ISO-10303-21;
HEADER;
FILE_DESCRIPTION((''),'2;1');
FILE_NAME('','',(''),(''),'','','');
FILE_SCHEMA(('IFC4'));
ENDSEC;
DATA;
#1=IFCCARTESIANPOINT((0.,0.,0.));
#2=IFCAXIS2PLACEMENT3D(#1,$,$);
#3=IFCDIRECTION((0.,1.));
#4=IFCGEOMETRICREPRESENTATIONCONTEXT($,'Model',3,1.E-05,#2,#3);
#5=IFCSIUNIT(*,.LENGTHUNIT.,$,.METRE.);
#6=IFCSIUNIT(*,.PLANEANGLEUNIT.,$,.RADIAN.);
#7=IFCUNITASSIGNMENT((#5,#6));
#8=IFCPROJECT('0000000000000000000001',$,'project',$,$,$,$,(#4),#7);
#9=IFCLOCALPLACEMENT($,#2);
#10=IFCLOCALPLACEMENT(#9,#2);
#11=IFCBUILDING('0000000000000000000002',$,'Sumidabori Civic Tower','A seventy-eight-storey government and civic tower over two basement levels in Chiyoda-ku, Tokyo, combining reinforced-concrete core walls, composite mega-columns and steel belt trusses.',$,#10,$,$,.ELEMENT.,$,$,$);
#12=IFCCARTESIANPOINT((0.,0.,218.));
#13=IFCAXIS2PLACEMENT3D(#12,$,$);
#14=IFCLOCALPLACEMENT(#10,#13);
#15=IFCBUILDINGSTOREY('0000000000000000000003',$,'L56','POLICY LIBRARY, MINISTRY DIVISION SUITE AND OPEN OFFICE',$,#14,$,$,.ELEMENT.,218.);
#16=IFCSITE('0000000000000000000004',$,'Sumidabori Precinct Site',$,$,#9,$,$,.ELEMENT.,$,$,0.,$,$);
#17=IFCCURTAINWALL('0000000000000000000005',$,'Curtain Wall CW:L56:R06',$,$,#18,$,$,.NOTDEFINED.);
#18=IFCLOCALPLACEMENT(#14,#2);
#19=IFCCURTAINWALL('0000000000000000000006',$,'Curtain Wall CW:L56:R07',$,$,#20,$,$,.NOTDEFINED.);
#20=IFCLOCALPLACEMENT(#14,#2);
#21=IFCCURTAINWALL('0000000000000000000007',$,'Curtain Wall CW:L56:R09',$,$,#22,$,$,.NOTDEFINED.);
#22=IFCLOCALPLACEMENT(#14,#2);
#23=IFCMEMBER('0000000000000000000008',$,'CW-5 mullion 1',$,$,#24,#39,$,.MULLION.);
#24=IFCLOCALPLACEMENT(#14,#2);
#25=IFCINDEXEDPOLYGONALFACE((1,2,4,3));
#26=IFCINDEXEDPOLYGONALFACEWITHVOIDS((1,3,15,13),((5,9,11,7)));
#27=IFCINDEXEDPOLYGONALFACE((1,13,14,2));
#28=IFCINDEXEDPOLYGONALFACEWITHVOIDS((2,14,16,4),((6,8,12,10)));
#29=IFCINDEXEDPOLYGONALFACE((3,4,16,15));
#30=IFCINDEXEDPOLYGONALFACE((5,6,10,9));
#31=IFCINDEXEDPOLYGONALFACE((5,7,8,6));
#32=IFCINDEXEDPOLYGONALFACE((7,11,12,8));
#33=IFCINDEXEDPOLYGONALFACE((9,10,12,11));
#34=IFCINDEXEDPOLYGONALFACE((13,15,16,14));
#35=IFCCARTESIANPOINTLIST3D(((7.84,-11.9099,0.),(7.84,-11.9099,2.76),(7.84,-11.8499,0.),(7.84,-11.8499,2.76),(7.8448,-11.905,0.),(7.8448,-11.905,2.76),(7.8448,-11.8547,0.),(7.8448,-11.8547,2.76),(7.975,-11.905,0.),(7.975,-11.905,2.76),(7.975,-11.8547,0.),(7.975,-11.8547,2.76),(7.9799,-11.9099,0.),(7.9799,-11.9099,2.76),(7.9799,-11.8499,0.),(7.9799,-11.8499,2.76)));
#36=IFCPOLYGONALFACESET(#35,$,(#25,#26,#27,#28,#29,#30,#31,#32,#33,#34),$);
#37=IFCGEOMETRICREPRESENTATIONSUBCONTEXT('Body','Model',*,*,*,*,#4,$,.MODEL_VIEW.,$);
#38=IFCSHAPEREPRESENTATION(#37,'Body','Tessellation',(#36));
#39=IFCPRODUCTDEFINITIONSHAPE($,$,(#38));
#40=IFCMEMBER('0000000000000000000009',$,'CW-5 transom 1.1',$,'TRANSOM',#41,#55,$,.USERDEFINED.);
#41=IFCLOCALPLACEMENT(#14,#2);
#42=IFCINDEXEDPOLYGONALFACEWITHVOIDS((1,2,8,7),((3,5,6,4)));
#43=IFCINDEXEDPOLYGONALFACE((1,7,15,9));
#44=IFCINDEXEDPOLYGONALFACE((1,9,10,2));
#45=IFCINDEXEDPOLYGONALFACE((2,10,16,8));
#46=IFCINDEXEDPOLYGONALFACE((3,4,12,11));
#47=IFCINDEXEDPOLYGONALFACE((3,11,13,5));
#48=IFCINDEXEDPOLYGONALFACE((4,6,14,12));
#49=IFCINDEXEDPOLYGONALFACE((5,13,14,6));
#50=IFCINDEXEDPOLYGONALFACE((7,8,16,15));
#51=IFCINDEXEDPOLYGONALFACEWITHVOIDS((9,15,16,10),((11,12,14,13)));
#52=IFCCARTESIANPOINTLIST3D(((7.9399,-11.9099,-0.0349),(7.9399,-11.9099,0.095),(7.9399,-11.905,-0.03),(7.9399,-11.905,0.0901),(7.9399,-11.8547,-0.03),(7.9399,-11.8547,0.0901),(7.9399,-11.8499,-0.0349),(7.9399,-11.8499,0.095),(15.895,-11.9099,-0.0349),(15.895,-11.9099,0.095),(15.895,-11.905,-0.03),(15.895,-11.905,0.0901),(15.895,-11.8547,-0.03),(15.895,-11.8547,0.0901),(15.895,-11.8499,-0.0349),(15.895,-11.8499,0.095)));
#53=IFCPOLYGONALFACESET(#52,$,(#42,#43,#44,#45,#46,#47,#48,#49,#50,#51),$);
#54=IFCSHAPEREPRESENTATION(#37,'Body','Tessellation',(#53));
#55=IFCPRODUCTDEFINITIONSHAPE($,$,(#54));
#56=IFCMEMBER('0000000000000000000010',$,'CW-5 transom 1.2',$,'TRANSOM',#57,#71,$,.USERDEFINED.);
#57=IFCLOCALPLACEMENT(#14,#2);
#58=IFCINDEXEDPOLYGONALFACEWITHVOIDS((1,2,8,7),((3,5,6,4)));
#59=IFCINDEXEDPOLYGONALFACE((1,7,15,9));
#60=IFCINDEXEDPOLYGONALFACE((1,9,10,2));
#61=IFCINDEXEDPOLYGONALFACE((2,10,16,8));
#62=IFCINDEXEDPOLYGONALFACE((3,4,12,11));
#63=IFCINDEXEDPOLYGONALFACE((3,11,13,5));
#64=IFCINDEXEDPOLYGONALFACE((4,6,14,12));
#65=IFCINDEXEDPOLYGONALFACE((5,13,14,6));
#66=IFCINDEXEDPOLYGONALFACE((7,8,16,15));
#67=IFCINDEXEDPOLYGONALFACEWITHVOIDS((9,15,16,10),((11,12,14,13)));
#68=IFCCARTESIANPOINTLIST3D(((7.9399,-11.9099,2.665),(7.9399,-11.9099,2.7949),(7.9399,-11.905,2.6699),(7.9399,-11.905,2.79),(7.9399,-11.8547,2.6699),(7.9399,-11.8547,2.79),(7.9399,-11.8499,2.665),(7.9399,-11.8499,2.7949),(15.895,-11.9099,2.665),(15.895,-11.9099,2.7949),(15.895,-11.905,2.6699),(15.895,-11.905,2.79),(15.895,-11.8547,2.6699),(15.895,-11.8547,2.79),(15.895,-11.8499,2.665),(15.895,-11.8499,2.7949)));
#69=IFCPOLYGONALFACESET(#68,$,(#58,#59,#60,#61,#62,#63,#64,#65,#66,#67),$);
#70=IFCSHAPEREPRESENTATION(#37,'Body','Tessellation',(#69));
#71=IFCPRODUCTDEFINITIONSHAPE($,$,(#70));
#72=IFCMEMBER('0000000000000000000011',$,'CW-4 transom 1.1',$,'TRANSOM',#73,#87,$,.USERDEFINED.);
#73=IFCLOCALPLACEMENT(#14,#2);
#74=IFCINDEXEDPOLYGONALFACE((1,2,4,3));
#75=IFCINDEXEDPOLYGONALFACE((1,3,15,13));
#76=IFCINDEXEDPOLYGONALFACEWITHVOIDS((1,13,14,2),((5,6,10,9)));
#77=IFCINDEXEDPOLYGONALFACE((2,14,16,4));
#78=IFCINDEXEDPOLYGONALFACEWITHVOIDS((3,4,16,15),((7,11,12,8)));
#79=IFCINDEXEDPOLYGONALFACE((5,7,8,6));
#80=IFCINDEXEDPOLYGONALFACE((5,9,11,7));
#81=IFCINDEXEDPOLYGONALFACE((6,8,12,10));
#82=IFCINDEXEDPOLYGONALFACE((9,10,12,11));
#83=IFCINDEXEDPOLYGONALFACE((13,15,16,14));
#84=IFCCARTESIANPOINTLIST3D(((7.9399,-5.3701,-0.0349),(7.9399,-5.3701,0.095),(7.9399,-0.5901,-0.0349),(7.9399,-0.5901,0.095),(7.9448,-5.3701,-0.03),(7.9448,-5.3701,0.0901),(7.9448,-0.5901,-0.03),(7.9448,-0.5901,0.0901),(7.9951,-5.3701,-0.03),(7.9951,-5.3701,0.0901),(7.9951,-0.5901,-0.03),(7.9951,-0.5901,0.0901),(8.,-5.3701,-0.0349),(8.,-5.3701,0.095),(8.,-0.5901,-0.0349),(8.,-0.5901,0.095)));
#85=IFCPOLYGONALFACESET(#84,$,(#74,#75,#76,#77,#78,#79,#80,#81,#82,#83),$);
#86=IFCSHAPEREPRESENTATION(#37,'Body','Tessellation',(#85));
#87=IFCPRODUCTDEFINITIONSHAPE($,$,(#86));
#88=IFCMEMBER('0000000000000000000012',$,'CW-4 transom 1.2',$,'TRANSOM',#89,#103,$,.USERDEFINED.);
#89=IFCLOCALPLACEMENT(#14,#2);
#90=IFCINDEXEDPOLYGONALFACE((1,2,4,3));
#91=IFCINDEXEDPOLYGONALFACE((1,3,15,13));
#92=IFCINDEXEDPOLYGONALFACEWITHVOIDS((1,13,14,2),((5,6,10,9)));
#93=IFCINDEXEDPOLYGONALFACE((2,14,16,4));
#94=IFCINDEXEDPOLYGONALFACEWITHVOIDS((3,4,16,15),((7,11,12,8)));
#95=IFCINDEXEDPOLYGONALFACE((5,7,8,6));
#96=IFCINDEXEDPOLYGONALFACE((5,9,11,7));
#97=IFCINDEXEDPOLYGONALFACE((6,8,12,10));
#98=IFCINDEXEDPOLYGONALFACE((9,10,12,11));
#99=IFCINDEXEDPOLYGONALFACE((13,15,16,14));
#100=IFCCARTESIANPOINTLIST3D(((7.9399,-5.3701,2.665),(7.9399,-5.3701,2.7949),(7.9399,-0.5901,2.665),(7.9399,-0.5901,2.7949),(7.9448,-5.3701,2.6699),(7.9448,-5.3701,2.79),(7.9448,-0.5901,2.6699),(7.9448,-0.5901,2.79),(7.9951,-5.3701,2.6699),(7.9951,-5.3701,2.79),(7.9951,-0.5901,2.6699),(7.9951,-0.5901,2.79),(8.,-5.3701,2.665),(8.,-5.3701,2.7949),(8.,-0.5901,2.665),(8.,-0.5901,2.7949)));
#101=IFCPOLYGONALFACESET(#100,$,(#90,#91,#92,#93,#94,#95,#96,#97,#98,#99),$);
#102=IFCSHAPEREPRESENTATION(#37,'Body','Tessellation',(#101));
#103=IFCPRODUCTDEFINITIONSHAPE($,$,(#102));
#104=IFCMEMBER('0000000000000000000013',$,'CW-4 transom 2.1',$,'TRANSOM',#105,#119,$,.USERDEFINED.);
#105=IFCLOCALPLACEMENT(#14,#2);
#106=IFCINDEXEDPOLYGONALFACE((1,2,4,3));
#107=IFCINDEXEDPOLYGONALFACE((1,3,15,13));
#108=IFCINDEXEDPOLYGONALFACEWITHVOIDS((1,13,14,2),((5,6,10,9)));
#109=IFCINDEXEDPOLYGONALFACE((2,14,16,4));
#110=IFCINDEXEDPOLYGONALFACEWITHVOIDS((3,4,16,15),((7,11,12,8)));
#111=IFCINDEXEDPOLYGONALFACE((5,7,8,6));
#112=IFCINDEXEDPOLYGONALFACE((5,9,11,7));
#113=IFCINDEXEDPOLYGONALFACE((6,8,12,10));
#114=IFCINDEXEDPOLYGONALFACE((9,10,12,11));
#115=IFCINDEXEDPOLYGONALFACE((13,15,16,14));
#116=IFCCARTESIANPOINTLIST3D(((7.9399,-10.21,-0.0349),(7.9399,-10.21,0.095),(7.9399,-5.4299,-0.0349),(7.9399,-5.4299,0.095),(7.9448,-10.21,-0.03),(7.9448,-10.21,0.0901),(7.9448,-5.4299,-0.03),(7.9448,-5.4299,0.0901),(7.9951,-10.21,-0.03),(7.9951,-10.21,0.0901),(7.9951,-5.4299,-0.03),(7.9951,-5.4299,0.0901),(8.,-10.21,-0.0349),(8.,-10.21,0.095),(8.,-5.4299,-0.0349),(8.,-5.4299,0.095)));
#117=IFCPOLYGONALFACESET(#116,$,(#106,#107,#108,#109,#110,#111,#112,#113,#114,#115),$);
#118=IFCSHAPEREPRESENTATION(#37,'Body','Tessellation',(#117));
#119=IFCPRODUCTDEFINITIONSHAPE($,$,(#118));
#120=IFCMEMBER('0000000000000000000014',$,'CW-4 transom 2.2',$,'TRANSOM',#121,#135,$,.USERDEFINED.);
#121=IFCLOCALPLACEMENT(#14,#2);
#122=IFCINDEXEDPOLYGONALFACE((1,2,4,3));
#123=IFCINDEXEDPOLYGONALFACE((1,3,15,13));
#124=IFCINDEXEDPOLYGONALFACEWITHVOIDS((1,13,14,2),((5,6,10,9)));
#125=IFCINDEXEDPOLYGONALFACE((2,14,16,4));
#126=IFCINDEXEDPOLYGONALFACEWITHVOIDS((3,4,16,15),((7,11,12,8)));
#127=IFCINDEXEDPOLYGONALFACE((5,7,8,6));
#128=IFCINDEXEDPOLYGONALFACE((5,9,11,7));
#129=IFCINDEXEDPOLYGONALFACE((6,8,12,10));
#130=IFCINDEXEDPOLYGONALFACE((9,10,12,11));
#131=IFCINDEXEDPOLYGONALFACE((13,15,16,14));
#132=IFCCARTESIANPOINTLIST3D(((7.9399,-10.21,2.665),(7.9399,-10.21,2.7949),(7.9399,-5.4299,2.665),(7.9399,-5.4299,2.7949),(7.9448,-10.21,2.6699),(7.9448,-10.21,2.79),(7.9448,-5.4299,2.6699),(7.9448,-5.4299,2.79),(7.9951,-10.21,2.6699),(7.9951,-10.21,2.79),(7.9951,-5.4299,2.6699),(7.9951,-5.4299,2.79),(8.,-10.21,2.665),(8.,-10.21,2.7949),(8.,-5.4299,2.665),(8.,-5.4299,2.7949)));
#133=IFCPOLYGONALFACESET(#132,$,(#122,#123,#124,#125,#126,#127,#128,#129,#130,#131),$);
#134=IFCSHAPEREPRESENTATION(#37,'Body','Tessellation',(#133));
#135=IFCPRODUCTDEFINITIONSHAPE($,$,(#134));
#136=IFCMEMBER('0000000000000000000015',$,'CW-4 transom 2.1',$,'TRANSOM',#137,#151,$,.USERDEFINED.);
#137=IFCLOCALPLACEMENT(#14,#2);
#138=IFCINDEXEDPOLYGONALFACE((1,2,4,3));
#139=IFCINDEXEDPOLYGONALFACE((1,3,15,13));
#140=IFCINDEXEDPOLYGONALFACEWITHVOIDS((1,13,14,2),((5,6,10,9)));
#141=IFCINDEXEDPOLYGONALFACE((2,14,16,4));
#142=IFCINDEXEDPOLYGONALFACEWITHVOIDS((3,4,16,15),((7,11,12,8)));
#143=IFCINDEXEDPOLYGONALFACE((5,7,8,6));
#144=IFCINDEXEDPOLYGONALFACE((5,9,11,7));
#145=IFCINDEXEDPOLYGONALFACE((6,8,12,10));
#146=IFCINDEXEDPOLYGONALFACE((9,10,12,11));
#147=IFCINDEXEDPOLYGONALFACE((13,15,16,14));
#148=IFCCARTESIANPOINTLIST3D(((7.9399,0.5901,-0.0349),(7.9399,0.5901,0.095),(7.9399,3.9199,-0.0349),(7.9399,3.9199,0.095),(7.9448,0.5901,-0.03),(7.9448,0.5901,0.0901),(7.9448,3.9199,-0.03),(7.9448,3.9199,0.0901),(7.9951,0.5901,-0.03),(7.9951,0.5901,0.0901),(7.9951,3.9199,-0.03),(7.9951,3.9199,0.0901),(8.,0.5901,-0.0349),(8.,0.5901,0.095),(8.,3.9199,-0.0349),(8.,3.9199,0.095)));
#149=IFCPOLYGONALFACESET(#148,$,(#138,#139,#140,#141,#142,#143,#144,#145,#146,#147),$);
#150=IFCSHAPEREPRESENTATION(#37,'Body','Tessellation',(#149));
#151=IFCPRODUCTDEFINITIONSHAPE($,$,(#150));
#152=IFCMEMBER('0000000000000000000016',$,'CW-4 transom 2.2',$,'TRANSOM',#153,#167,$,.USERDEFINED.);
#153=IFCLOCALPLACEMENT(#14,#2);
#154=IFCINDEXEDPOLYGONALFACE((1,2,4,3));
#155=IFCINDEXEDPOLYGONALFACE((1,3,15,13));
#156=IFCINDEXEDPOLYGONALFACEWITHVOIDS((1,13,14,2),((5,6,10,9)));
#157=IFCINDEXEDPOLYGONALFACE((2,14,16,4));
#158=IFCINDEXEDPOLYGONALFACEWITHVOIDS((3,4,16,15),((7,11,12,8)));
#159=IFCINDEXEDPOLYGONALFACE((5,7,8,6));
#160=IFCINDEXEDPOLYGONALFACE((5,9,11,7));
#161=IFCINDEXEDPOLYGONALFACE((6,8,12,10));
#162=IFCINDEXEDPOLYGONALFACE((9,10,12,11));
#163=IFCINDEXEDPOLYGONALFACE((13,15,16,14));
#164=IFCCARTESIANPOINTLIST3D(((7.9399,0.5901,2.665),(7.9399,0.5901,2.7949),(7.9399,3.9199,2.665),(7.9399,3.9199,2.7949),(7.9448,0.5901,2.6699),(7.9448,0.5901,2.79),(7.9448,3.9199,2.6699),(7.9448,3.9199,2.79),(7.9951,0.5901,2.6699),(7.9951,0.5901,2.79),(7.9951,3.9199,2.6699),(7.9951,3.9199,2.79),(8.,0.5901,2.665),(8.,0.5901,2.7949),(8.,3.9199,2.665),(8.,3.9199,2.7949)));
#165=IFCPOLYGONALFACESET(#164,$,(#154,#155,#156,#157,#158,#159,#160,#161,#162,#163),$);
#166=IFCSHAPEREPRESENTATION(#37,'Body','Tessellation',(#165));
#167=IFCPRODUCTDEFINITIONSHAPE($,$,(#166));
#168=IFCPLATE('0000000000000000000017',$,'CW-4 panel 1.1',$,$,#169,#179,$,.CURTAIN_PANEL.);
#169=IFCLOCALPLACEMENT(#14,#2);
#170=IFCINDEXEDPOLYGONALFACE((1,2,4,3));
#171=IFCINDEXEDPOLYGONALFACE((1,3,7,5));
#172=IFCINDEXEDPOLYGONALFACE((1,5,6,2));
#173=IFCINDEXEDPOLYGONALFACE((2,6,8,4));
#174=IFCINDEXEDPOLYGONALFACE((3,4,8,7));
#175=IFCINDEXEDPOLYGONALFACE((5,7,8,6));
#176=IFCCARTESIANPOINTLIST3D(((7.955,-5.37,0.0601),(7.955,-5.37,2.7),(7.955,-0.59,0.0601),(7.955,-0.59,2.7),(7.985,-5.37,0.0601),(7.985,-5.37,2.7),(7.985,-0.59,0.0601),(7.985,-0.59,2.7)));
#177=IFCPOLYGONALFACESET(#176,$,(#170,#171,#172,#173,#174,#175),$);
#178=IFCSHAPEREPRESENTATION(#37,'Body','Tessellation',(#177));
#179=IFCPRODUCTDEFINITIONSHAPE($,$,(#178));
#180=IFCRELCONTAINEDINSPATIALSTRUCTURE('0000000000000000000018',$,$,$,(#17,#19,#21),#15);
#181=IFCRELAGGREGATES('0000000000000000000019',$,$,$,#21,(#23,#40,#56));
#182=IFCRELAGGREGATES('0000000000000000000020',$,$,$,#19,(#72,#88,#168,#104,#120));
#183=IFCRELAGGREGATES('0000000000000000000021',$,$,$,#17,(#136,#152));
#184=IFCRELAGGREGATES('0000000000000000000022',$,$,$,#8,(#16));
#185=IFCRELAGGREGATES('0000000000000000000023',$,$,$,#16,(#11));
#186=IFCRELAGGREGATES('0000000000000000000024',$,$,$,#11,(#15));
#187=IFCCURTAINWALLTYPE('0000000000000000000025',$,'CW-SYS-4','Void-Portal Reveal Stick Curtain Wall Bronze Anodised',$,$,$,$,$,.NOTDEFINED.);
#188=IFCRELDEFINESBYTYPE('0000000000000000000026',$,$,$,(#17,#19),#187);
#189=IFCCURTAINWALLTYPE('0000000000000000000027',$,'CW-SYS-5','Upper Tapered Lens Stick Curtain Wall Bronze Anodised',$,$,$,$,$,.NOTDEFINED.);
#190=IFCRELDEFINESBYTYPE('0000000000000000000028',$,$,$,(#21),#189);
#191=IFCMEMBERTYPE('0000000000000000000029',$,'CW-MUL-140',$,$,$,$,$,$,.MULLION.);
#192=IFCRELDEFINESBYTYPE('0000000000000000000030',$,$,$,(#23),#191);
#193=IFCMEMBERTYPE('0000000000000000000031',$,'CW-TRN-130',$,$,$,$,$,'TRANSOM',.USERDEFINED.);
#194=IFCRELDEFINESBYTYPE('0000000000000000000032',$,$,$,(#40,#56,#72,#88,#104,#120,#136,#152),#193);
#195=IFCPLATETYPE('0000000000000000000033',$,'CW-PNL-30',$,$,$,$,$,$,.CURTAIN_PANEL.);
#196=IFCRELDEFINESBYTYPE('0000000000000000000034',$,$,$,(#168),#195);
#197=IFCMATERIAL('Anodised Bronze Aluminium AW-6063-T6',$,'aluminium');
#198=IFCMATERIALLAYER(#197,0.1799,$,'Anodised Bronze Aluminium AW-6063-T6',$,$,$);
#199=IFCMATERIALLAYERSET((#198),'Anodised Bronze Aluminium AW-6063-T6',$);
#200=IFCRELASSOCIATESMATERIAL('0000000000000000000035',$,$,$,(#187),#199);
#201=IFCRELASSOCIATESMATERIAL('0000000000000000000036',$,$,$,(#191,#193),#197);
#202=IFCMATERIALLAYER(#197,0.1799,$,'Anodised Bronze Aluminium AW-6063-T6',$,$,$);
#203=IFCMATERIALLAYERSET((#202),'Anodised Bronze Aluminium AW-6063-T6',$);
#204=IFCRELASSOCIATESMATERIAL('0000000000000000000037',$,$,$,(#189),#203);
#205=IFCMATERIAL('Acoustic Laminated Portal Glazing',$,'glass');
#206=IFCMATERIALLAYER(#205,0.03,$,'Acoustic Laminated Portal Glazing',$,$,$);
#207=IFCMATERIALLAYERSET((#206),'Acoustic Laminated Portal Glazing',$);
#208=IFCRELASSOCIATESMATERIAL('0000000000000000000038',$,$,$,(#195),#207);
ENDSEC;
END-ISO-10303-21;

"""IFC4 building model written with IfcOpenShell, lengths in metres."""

from ifc_helpers import new_model, si_unit, direction, frame, origin, origin_2d, place, context, subcontext, project, spatial, rectangle, hollow_rectangle, extrude, source, transform, mapped, material, layer, layer_set, material_profile, profile_set, type_object, element, aggregate, save


model = new_model("IFC4")

# Units and contexts
model_context = context("Model", 3, precision=1e-05, world=origin(), true_north=direction((0.0, 1.0)))
body_context = subcontext(model_context, "Body", "Model", "MODEL_VIEW")
ifc_project = project(units=[si_unit("LENGTHUNIT", "METRE"), si_unit("PLANEANGLEUNIT", "RADIAN")], contexts=[model_context])

# Site, building, storey
site_placement = place(None, origin())
site = spatial("IfcSite", under=ifc_project, at=site_placement, Name="Sumidabori Precinct Site", CompositionType="ELEMENT", RefElevation=0.0)
building_placement = place(site_placement, origin())
building = spatial("IfcBuilding", under=site, at=building_placement, Name="Sumidabori Civic Tower", Description="A seventy-eight-storey government and civic tower over two basement levels in Chiyoda-ku, Tokyo, combining reinforced-concrete core walls, composite mega-columns and steel belt trusses.", CompositionType="ELEMENT")
storey_placement = place(building_placement, frame((0.0, 0.0, 218.0)))
storey = spatial("IfcBuildingStorey", under=building, at=storey_placement, Name="L56", Description="POLICY LIBRARY, MINISTRY DIVISION SUITE AND OPEN OFFICE", CompositionType="ELEMENT", Elevation=218.0)

# Curtain walls, members
ifc_material_1 = material(Name="Anodised Bronze Aluminium AW-6063-T6", Category="aluminium")
ifc_layer_1 = layer(ifc_material_1, 0.1799, Name="Anodised Bronze Aluminium AW-6063-T6")
ifc_layer_set_1 = layer_set([ifc_layer_1], Name="Anodised Bronze Aluminium AW-6063-T6")
curtain_wall_type_1 = type_object("IfcCurtainWallType", Name="CW-SYS-4", Description="Void-Portal Reveal Stick Curtain Wall Bronze Anodised", PredefinedType="NOTDEFINED", material=ifc_layer_set_1)
curtain_wall_1_placement = place(storey_placement, origin())
curtain_wall_1 = element("IfcCurtainWall", 1, at=curtain_wall_1_placement, inside=storey, type_object=curtain_wall_type_1, Name="Curtain Wall CW:L56:R06", PredefinedType="NOTDEFINED")
ifc_material_profile_1 = material_profile(ifc_material_1, hollow_rectangle(XDim=0.0601, YDim=0.1399, WallThickness=0.0049, at=origin_2d()), Name="ALU MULLION 140x60")
ifc_profile_set_1 = profile_set([ifc_material_profile_1], Name="Anodised Bronze Aluminium AW-6063-T6")
member_type_1 = type_object("IfcMemberType", Name="CW-MUL-140", PredefinedType="MULLION", material=ifc_profile_set_1)
shared_shape_1 = source(origin(), body_context, "Body", "SweptSolid", [
    extrude(hollow_rectangle(XDim=0.0601, YDim=0.1399, WallThickness=0.0049, at=origin_2d()), origin(), (0.0, 0.0, 1.0), 2.76),
])
curtain_wall_2_placement = place(storey_placement, origin())
curtain_wall_2 = element("IfcCurtainWall", 2, at=curtain_wall_2_placement, inside=storey, type_object=curtain_wall_type_1, Name="Curtain Wall CW:L56:R07", PredefinedType="NOTDEFINED")
ifc_layer_2 = layer(ifc_material_1, 0.1799, Name="Anodised Bronze Aluminium AW-6063-T6")
ifc_layer_set_2 = layer_set([ifc_layer_2], Name="Anodised Bronze Aluminium AW-6063-T6")
curtain_wall_type_2 = type_object("IfcCurtainWallType", Name="CW-SYS-5", Description="Upper Tapered Lens Stick Curtain Wall Bronze Anodised", PredefinedType="NOTDEFINED", material=ifc_layer_set_2)
curtain_wall_3_placement = place(storey_placement, origin())
curtain_wall_3 = element("IfcCurtainWall", 3, at=curtain_wall_3_placement, inside=storey, type_object=curtain_wall_type_2, Name="Curtain Wall CW:L56:R09", PredefinedType="NOTDEFINED")
member_1_placement = place(storey_placement, frame((7.9099, -11.8799, 0.0), z_axis=(0.0, 0.0, 1.0), x_axis=(0.0, 1.0, 0.0)))
member_1 = element("IfcMember", 4, at=member_1_placement, type_object=member_type_1, Name="CW-5 mullion 1", PredefinedType="MULLION", context=body_context, shape_type="MappedRepresentation", body=[
    mapped(shared_shape_1, transform((0.0, 0.0, 0.0), x_axis=(1.0, 0.0, 0.0), y_axis=(0.0, 1.0, 0.0), z_axis=(0.0, 0.0, 1.0), scale=1.0)),
])
ifc_material_profile_2 = material_profile(ifc_material_1, hollow_rectangle(XDim=0.0601, YDim=0.1299, WallThickness=0.0049, at=origin_2d()), Name="ALU TRANSOM 130x60")
ifc_profile_set_2 = profile_set([ifc_material_profile_2], Name="Anodised Bronze Aluminium AW-6063-T6")
member_type_2 = type_object("IfcMemberType", Name="CW-TRN-130", ElementType="TRANSOM", PredefinedType="USERDEFINED", material=ifc_profile_set_2)
shared_shape_2 = source(origin(), body_context, "Body", "SweptSolid", [
    extrude(hollow_rectangle(XDim=0.0601, YDim=0.1299, WallThickness=0.0049, at=origin_2d()), origin(), (0.0, 0.0, 1.0), 7.9551),
])
member_2_placement = place(storey_placement, frame((7.9399, -11.8799, 0.03), z_axis=(1.0, 0.0, 0.0), x_axis=(0.0, 1.0, 0.0)))
member_2 = element("IfcMember", 5, at=member_2_placement, type_object=member_type_2, Name="CW-5 transom 1.1", ObjectType="TRANSOM", PredefinedType="USERDEFINED", context=body_context, shape_type="MappedRepresentation", body=[
    mapped(shared_shape_2, transform((0.0, 0.0, 0.0), x_axis=(1.0, 0.0, 0.0), y_axis=(0.0, 1.0, 0.0), z_axis=(0.0, 0.0, 1.0), scale=1.0)),
])
member_3_placement = place(storey_placement, frame((7.9399, -11.8799, 2.73), z_axis=(1.0, 0.0, 0.0), x_axis=(0.0, 1.0, 0.0)))
member_3 = element("IfcMember", 6, at=member_3_placement, type_object=member_type_2, Name="CW-5 transom 1.2", ObjectType="TRANSOM", PredefinedType="USERDEFINED", context=body_context, shape_type="MappedRepresentation", body=[
    mapped(shared_shape_2, transform((0.0, 0.0, 0.0), x_axis=(1.0, 0.0, 0.0), y_axis=(0.0, 1.0, 0.0), z_axis=(0.0, 0.0, 1.0), scale=1.0)),
])
aggregate(curtain_wall_3, [member_1, member_2, member_3])

# Members
shared_shape_3 = source(origin(), body_context, "Body", "SweptSolid", [
    extrude(hollow_rectangle(XDim=0.0601, YDim=0.1299, WallThickness=0.0049, at=origin_2d()), origin(), (0.0, 0.0, 1.0), 4.78),
])
member_4_placement = place(storey_placement, frame((7.97, -0.5901, 0.03), z_axis=(0.0, -1.0, 0.0), x_axis=(1.0, 0.0, 0.0)))
member_4 = element("IfcMember", 7, at=member_4_placement, type_object=member_type_2, Name="CW-4 transom 1.1", ObjectType="TRANSOM", PredefinedType="USERDEFINED", context=body_context, shape_type="MappedRepresentation", body=[
    mapped(shared_shape_3, transform((0.0, 0.0, 0.0), x_axis=(1.0, 0.0, 0.0), y_axis=(0.0, 1.0, 0.0), z_axis=(0.0, 0.0, 1.0), scale=1.0)),
])
member_5_placement = place(storey_placement, frame((7.97, -0.5901, 2.73), z_axis=(0.0, -1.0, 0.0), x_axis=(1.0, 0.0, 0.0)))
member_5 = element("IfcMember", 8, at=member_5_placement, type_object=member_type_2, Name="CW-4 transom 1.2", ObjectType="TRANSOM", PredefinedType="USERDEFINED", context=body_context, shape_type="MappedRepresentation", body=[
    mapped(shared_shape_3, transform((0.0, 0.0, 0.0), x_axis=(1.0, 0.0, 0.0), y_axis=(0.0, 1.0, 0.0), z_axis=(0.0, 0.0, 1.0), scale=1.0)),
])
member_6_placement = place(storey_placement, frame((7.97, -5.4299, 0.03), z_axis=(0.0, -1.0, 0.0), x_axis=(1.0, 0.0, 0.0)))
member_6 = element("IfcMember", 9, at=member_6_placement, type_object=member_type_2, Name="CW-4 transom 2.1", ObjectType="TRANSOM", PredefinedType="USERDEFINED", context=body_context, shape_type="MappedRepresentation", body=[
    mapped(shared_shape_3, transform((0.0, 0.0, 0.0), x_axis=(1.0, 0.0, 0.0), y_axis=(0.0, 1.0, 0.0), z_axis=(0.0, 0.0, 1.0), scale=1.0)),
])
member_7_placement = place(storey_placement, frame((7.97, -5.4299, 2.73), z_axis=(0.0, -1.0, 0.0), x_axis=(1.0, 0.0, 0.0)))
member_7 = element("IfcMember", 10, at=member_7_placement, type_object=member_type_2, Name="CW-4 transom 2.2", ObjectType="TRANSOM", PredefinedType="USERDEFINED", context=body_context, shape_type="MappedRepresentation", body=[
    mapped(shared_shape_3, transform((0.0, 0.0, 0.0), x_axis=(1.0, 0.0, 0.0), y_axis=(0.0, 1.0, 0.0), z_axis=(0.0, 0.0, 1.0), scale=1.0)),
])
shared_shape_4 = source(origin(), body_context, "Body", "SweptSolid", [
    extrude(hollow_rectangle(XDim=0.0601, YDim=0.1299, WallThickness=0.0049, at=origin_2d()), origin(), (0.0, 0.0, 1.0), 3.3298),
])
member_8_placement = place(storey_placement, frame((7.97, 3.9199, 0.03), z_axis=(0.0, -1.0, 0.0), x_axis=(1.0, 0.0, 0.0)))
member_8 = element("IfcMember", 11, at=member_8_placement, type_object=member_type_2, Name="CW-4 transom 2.1", ObjectType="TRANSOM", PredefinedType="USERDEFINED", context=body_context, shape_type="MappedRepresentation", body=[
    mapped(shared_shape_4, transform((0.0, 0.0, 0.0), x_axis=(1.0, 0.0, 0.0), y_axis=(0.0, 1.0, 0.0), z_axis=(0.0, 0.0, 1.0), scale=1.0)),
])
member_9_placement = place(storey_placement, frame((7.97, 3.9199, 2.73), z_axis=(0.0, -1.0, 0.0), x_axis=(1.0, 0.0, 0.0)))
member_9 = element("IfcMember", 12, at=member_9_placement, type_object=member_type_2, Name="CW-4 transom 2.2", ObjectType="TRANSOM", PredefinedType="USERDEFINED", context=body_context, shape_type="MappedRepresentation", body=[
    mapped(shared_shape_4, transform((0.0, 0.0, 0.0), x_axis=(1.0, 0.0, 0.0), y_axis=(0.0, 1.0, 0.0), z_axis=(0.0, 0.0, 1.0), scale=1.0)),
])

# Plate
ifc_material_2 = material(Name="Acoustic Laminated Portal Glazing", Category="glass")
ifc_layer_3 = layer(ifc_material_2, 0.03, Name="Acoustic Laminated Portal Glazing")
ifc_layer_set_3 = layer_set([ifc_layer_3], Name="Acoustic Laminated Portal Glazing")
plate_type = type_object("IfcPlateType", Name="CW-PNL-30", PredefinedType="CURTAIN_PANEL", material=ifc_layer_set_3)
shared_shape_5 = source(origin(), body_context, "Body", "SweptSolid", [
    extrude(rectangle(XDim=4.78, YDim=0.03, at=origin_2d()), origin(), (0.0, 0.0, 1.0), 2.6399),
])
plate_1_placement = place(storey_placement, frame((7.97, -2.98, 0.0601), z_axis=(0.0, 0.0, 1.0), x_axis=(0.0, -1.0, 0.0)))
plate_1 = element("IfcPlate", 13, at=plate_1_placement, type_object=plate_type, Name="CW-4 panel 1.1", PredefinedType="CURTAIN_PANEL", context=body_context, shape_type="MappedRepresentation", body=[
    mapped(shared_shape_5, transform((0.0, 0.0, 0.0), x_axis=(1.0, 0.0, 0.0), y_axis=(0.0, 1.0, 0.0), z_axis=(0.0, 0.0, 1.0), scale=1.0)),
])
aggregate(curtain_wall_2, [member_4, member_5, plate_1, member_6, member_7])
aggregate(curtain_wall_1, [member_8, member_9])

save(model, "model.ifc")
